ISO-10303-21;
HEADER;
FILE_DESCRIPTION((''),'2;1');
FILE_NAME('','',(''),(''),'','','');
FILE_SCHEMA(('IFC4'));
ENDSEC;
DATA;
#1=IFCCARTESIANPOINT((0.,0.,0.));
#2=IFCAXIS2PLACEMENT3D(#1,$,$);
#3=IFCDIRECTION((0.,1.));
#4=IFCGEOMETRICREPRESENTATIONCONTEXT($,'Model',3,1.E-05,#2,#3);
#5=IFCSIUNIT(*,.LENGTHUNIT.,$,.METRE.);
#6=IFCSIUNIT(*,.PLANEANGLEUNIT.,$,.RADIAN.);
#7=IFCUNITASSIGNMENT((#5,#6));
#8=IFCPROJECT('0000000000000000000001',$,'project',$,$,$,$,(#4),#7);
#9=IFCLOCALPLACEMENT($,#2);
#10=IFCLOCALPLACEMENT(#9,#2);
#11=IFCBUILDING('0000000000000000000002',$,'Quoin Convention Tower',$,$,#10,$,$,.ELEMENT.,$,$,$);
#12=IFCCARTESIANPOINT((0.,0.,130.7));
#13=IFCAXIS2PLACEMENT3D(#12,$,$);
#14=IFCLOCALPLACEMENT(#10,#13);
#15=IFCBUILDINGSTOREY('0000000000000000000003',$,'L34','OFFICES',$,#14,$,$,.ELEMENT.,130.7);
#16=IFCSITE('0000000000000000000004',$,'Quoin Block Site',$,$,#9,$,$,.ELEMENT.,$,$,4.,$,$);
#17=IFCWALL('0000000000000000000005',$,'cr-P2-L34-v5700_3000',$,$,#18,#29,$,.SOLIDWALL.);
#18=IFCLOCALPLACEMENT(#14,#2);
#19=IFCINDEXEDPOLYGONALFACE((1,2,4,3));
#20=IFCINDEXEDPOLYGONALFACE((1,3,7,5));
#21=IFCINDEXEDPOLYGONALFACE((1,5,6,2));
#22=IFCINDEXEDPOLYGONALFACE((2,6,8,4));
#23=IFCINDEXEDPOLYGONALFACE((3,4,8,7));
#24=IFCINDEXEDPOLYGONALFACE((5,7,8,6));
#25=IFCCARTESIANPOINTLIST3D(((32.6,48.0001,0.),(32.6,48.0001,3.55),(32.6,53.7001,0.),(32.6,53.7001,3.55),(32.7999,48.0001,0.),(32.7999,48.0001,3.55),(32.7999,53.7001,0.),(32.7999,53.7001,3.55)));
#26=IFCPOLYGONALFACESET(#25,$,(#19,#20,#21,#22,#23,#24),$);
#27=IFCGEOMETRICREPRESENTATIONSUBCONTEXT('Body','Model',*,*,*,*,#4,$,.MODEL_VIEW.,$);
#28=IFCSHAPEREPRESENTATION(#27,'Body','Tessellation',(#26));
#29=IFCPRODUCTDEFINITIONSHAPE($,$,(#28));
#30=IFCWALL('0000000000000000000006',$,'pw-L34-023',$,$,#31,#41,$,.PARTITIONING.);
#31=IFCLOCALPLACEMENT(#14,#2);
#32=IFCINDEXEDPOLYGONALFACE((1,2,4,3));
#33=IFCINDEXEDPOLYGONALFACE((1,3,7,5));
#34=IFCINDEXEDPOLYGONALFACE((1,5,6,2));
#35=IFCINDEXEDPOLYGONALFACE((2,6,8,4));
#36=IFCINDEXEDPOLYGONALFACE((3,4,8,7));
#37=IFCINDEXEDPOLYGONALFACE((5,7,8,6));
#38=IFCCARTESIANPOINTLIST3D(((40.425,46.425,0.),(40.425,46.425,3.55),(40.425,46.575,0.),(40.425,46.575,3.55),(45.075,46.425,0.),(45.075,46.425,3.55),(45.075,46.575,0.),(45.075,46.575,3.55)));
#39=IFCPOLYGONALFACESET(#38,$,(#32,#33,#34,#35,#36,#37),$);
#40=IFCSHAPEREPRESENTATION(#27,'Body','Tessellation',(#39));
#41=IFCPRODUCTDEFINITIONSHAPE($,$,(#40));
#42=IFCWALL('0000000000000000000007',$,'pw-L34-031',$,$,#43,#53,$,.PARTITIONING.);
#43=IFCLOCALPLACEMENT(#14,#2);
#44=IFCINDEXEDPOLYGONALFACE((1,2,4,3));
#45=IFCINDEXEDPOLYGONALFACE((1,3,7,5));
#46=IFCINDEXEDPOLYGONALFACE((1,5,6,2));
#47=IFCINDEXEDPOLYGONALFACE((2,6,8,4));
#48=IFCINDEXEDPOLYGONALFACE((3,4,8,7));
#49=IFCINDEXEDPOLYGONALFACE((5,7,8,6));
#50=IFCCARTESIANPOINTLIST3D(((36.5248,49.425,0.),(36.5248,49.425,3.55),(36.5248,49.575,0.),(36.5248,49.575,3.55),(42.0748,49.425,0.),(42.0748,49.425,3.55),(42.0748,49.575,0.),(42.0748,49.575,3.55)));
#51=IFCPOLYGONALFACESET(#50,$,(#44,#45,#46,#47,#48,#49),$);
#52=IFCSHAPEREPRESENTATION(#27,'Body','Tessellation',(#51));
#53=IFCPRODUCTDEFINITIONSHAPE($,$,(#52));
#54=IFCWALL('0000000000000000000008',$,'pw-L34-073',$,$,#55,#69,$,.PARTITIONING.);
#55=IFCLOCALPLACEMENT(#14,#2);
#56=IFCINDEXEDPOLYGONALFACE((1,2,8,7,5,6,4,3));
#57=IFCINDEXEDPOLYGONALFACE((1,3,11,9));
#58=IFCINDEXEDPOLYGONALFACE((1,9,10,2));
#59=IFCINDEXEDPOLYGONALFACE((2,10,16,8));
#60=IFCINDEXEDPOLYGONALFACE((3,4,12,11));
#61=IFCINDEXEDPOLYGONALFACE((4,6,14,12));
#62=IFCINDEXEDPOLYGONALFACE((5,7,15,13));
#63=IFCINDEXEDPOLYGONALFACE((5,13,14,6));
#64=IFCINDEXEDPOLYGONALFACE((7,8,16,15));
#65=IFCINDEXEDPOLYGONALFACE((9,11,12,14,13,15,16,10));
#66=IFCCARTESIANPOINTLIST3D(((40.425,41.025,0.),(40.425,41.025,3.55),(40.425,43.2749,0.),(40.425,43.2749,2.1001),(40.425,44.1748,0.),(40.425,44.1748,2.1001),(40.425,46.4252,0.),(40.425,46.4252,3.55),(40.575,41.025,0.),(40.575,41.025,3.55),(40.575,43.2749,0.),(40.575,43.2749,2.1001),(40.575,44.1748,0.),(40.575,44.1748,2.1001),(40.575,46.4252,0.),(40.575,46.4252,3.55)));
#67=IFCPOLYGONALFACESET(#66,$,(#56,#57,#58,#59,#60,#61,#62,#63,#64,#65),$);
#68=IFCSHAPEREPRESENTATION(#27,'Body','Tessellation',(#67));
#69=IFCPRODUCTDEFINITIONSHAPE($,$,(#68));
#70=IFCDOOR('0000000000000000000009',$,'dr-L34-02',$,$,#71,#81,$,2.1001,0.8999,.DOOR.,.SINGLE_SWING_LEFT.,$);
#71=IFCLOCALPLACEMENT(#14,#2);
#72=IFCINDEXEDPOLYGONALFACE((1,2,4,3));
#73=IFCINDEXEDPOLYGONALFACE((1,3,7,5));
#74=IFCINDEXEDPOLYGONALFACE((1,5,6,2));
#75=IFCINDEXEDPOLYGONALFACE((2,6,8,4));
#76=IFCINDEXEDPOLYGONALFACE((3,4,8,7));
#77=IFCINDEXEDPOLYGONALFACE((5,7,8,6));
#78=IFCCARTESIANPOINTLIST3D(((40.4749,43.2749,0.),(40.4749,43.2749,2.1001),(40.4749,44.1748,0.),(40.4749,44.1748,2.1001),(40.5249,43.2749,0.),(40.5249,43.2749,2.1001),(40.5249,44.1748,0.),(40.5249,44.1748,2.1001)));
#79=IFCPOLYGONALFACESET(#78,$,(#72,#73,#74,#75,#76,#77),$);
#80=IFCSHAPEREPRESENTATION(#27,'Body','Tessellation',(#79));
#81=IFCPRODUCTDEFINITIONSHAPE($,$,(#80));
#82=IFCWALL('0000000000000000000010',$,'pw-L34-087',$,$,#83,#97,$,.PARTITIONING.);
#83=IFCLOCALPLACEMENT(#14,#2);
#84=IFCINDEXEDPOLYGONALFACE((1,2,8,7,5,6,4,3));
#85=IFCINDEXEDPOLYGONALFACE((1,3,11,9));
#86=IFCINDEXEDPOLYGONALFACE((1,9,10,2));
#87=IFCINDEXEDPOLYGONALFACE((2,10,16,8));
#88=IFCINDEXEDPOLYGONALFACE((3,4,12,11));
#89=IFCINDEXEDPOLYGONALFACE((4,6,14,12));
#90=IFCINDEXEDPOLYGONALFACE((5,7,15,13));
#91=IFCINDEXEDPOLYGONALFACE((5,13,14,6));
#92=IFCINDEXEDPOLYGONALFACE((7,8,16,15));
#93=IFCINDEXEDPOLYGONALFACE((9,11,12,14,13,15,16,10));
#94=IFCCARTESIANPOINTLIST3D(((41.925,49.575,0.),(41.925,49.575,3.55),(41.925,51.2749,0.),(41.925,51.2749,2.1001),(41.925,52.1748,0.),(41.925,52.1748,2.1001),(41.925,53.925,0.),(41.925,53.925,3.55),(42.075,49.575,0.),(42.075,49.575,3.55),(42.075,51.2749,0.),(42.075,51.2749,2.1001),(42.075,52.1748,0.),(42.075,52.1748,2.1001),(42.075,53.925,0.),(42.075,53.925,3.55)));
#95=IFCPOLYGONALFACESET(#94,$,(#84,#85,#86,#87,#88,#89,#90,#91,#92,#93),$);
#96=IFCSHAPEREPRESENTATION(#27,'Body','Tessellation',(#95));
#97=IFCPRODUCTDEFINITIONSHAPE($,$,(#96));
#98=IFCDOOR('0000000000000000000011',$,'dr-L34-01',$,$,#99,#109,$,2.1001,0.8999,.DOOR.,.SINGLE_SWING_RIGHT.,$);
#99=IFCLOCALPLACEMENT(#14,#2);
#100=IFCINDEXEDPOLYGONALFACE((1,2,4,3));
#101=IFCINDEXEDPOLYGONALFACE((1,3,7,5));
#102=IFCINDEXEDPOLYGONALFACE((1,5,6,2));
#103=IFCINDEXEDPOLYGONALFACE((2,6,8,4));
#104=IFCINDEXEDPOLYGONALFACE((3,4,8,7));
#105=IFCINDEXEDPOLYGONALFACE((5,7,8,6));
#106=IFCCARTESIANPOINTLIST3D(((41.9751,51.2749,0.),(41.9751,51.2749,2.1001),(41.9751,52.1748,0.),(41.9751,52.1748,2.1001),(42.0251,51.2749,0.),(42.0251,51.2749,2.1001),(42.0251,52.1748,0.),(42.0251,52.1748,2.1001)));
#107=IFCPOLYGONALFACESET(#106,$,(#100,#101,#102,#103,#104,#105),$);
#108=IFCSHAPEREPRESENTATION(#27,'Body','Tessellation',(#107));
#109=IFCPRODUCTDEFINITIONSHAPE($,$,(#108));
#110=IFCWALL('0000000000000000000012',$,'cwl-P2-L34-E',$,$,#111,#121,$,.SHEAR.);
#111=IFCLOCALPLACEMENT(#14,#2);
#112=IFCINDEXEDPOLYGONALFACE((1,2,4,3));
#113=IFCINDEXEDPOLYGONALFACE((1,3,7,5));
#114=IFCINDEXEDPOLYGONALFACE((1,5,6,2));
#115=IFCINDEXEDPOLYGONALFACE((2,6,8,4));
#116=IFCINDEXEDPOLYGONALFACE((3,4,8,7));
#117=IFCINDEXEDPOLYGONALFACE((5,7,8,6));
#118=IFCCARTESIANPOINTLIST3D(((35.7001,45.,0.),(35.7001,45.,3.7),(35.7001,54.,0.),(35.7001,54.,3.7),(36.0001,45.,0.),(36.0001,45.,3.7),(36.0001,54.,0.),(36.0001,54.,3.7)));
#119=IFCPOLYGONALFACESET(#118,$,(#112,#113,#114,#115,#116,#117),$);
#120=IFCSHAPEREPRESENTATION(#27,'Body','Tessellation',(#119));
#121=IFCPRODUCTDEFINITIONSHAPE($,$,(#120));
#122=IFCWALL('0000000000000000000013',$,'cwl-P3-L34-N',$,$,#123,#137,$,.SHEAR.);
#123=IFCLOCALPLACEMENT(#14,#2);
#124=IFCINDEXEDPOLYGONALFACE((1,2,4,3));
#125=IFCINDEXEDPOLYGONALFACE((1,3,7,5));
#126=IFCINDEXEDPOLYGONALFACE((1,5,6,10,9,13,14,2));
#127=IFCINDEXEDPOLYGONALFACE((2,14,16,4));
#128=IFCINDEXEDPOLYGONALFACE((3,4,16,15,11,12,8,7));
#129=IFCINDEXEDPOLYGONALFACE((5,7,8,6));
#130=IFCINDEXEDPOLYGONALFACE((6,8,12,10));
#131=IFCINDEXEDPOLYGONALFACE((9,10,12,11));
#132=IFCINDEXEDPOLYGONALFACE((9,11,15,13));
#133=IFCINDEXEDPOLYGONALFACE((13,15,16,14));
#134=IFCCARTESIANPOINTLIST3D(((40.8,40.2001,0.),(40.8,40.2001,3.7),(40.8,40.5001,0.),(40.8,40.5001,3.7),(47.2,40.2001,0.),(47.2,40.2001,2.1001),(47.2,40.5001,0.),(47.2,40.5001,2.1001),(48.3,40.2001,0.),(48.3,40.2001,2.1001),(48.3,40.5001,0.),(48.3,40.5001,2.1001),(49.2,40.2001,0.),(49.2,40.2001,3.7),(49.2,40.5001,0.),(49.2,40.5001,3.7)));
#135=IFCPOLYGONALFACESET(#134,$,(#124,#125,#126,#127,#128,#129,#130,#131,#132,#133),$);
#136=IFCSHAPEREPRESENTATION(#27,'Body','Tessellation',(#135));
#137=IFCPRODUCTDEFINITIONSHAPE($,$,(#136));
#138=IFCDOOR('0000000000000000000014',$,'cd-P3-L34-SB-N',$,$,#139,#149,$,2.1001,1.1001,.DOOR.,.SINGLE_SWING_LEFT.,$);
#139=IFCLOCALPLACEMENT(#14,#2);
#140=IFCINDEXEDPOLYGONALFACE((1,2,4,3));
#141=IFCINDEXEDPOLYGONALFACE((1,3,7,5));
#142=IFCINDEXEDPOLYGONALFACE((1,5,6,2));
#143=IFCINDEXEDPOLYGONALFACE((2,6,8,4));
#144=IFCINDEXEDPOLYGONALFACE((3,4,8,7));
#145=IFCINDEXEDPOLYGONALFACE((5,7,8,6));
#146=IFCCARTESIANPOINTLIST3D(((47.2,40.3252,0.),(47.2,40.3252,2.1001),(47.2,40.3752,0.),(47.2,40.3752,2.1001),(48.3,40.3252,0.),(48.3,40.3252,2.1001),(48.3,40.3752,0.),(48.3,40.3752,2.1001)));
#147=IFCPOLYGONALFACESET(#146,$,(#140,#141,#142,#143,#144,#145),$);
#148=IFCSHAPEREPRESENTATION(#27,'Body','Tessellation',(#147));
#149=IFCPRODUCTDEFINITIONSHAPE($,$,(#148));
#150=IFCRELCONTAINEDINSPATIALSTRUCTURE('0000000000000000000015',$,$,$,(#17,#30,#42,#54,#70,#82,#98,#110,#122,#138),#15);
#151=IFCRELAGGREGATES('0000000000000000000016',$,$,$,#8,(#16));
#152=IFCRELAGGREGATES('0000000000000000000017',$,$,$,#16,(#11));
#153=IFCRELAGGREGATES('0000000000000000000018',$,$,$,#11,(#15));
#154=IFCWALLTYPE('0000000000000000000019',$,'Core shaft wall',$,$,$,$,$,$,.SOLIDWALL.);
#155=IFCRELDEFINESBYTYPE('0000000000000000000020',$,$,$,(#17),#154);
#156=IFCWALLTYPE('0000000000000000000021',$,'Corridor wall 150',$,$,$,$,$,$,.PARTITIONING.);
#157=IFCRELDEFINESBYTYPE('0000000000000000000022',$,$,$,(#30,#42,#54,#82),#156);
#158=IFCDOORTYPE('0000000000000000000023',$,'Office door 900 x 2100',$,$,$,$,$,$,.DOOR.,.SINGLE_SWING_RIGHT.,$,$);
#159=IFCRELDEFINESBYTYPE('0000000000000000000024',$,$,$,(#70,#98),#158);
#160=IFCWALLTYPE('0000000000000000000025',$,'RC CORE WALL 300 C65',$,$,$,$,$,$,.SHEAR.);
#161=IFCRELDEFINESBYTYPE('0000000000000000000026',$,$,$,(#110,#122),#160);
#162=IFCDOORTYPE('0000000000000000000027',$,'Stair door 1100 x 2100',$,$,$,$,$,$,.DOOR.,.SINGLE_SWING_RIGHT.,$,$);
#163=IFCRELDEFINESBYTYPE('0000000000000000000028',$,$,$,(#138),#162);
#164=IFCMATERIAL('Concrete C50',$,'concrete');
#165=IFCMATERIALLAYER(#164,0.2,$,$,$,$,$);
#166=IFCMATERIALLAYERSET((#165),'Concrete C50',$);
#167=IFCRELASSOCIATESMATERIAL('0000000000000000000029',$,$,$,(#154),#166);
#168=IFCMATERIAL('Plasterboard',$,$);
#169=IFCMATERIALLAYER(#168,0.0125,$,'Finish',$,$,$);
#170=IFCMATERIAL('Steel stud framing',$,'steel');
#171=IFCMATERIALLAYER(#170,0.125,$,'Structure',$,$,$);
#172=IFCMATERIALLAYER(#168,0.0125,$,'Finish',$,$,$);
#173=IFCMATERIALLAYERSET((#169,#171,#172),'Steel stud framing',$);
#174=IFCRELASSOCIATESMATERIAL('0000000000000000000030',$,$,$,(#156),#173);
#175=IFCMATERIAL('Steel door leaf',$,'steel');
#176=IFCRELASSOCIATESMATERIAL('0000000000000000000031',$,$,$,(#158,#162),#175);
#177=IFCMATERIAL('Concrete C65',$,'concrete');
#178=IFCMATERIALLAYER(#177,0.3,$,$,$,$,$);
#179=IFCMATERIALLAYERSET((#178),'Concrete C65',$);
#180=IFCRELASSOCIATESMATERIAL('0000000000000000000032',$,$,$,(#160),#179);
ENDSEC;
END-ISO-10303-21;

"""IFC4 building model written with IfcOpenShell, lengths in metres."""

from ifc_helpers import new_model, si_unit, direction, frame, frame_2d, origin, place, context, subcontext, project, spatial, rectangle, extrude, material, layer, layer_set, type_object, element, fill, save


model = new_model("IFC4")

# Units and contexts
model_context = context("Model", 3, precision=1e-05, world=origin(), true_north=direction((0.0, 1.0)))
body_context = subcontext(model_context, "Body", "Model", "MODEL_VIEW")
ifc_project = project(units=[si_unit("LENGTHUNIT", "METRE"), si_unit("PLANEANGLEUNIT", "RADIAN")], contexts=[model_context])

# Site, building, storey
site_placement = place(None, origin())
site = spatial("IfcSite", under=ifc_project, at=site_placement, Name="Quoin Block Site", CompositionType="ELEMENT", RefElevation=4.0)
building_placement = place(site_placement, origin())
building = spatial("IfcBuilding", under=site, at=building_placement, Name="Quoin Convention Tower", CompositionType="ELEMENT")
storey_placement = place(building_placement, frame((0.0, 0.0, 130.7)))
storey = spatial("IfcBuildingStorey", under=building, at=storey_placement, Name="L34", Description="OFFICES", CompositionType="ELEMENT", Elevation=130.7)

# Shared definitions
ifc_material_1 = material(Name="Concrete C65", Category="concrete")

# Walls
ifc_material_2 = material(Name="Concrete C50", Category="concrete")
ifc_layer_1 = layer(ifc_material_2, 0.2)
ifc_layer_set_1 = layer_set([ifc_layer_1], Name="Concrete C50")
wall_type_1 = type_object("IfcWallType", Name="Core shaft wall", PredefinedType="SOLIDWALL", material=ifc_layer_set_1)
for number, where, z_axis, x_axis, name in (
    (1, (32.7, 48.0, 0.0), (0.0, 0.0, 1.0), (0.0, 1.0, 0.0), "cr-P2-L34-v5700_3000"),
):
    element("IfcWall", number, at=place(storey_placement, frame(where, z_axis=z_axis, x_axis=x_axis)), inside=storey, type_object=wall_type_1, Name=name, PredefinedType="SOLIDWALL", context=body_context, shape_type="SweptSolid", body=[
        extrude(rectangle(XDim=5.7, YDim=0.2, at=frame_2d((2.8501, 0.0))), origin(), (0.0, 0.0, 1.0), 3.55),
    ])
ifc_material_3 = material(Name="Plasterboard")
ifc_layer_2 = layer(ifc_material_3, 0.0125, Name="Finish")
ifc_material_4 = material(Name="Steel stud framing", Category="steel")
ifc_layer_3 = layer(ifc_material_4, 0.125, Name="Structure")
ifc_layer_4 = layer(ifc_material_3, 0.0125, Name="Finish")
ifc_layer_set_2 = layer_set([ifc_layer_2, ifc_layer_3, ifc_layer_4], Name="Steel stud framing")
wall_type_2 = type_object("IfcWallType", Name="Corridor wall 150", PredefinedType="PARTITIONING", material=ifc_layer_set_2)
wall_1_placement = place(storey_placement, frame((40.425, 46.5, 0.0), z_axis=(0.0, 0.0, 1.0), x_axis=(1.0, 0.0, 0.0)))
element("IfcWall", 2, at=wall_1_placement, inside=storey, type_object=wall_type_2, Name="pw-L34-023", PredefinedType="PARTITIONING", context=body_context, shape_type="SweptSolid", body=[
    extrude(rectangle(XDim=4.6499, YDim=0.1499, at=frame_2d((2.325, 0.0))), origin(), (0.0, 0.0, 1.0), 3.55),
])
wall_2_placement = place(storey_placement, frame((36.5249, 49.5, 0.0), z_axis=(0.0, 0.0, 1.0), x_axis=(1.0, 0.0, 0.0)))
element("IfcWall", 3, at=wall_2_placement, inside=storey, type_object=wall_type_2, Name="pw-L34-031", PredefinedType="PARTITIONING", context=body_context, shape_type="SweptSolid", body=[
    extrude(rectangle(XDim=5.55, YDim=0.1499, at=frame_2d((2.7749, 0.0))), origin(), (0.0, 0.0, 1.0), 3.55),
])

# Walls, openings, doors
wall_3_placement = place(storey_placement, frame((40.5, 41.0249, 0.0), z_axis=(0.0, 0.0, 1.0), x_axis=(0.0, 1.0, 0.0)))
wall_3 = element("IfcWall", 4, at=wall_3_placement, inside=storey, type_object=wall_type_2, Name="pw-L34-073", PredefinedType="PARTITIONING", context=body_context, shape_type="SweptSolid", body=[
    extrude(rectangle(XDim=5.4001, YDim=0.1499, at=frame_2d((2.7002, 0.0))), origin(), (0.0, 0.0, 1.0), 3.55),
])
opening_1_placement = place(wall_3_placement, frame((2.25, 0.0, 0.0)))
opening_1 = element("IfcOpeningElement", 5, at=opening_1_placement, cuts=wall_3, PredefinedType="OPENING", context=body_context, shape_type="SweptSolid", body=[
    extrude(rectangle(XDim=0.8999, YDim=2.1001, at=frame_2d((0.45, 1.05))), frame((0.0, 0.085, 0.0), z_axis=(0.0, -1.0, 0.0), x_axis=(1.0, 0.0, 0.0)), (0.0, 0.0, 1.0), 0.1699),
])
ifc_material_5 = material(Name="Steel door leaf", Category="steel")
door_type_1 = type_object("IfcDoorType", Name="Office door 900 x 2100", OperationType="SINGLE_SWING_RIGHT", PredefinedType="DOOR", material=ifc_material_5)
door_1_placement = place(opening_1_placement, frame((0.8999, 0.0, 0.0), z_axis=(0.0, 0.0, 1.0), x_axis=(-1.0, 0.0, 0.0)))
door_1 = element("IfcDoor", 6, at=door_1_placement, inside=storey, type_object=door_type_1, Name="dr-L34-02", OperationType="SINGLE_SWING_LEFT", OverallHeight=2.1001, OverallWidth=0.8999, PredefinedType="DOOR", context=body_context, shape_type="SweptSolid", body=[
    extrude(rectangle(XDim=0.8999, YDim=2.1001, at=frame_2d((0.45, 1.05))), frame((0.0, 0.0249, 0.0), z_axis=(0.0, -1.0, 0.0), x_axis=(1.0, 0.0, 0.0)), (0.0, 0.0, 1.0), 0.05),
])
fill(opening_1, door_1)
wall_4_placement = place(storey_placement, frame((42.0, 49.575, 0.0), z_axis=(0.0, 0.0, 1.0), x_axis=(0.0, 1.0, 0.0)))
wall_4 = element("IfcWall", 7, at=wall_4_placement, inside=storey, type_object=wall_type_2, Name="pw-L34-087", PredefinedType="PARTITIONING", context=body_context, shape_type="SweptSolid", body=[
    extrude(rectangle(XDim=4.3501, YDim=0.1499, at=frame_2d((2.175, 0.0))), origin(), (0.0, 0.0, 1.0), 3.55),
])
opening_2_placement = place(wall_4_placement, frame((1.7, 0.0, 0.0)))
opening_2 = element("IfcOpeningElement", 8, at=opening_2_placement, cuts=wall_4, PredefinedType="OPENING", context=body_context, shape_type="SweptSolid", body=[
    extrude(rectangle(XDim=0.8999, YDim=2.1001, at=frame_2d((0.45, 1.05))), frame((0.0, 0.085, 0.0), z_axis=(0.0, -1.0, 0.0), x_axis=(1.0, 0.0, 0.0)), (0.0, 0.0, 1.0), 0.1699),
])
door_2_placement = place(opening_2_placement, origin())
door_2 = element("IfcDoor", 9, at=door_2_placement, inside=storey, type_object=door_type_1, Name="dr-L34-01", OperationType="SINGLE_SWING_RIGHT", OverallHeight=2.1001, OverallWidth=0.8999, PredefinedType="DOOR", context=body_context, shape_type="SweptSolid", body=[
    extrude(rectangle(XDim=0.8999, YDim=2.1001, at=frame_2d((0.45, 1.05))), frame((0.0, 0.0249, 0.0), z_axis=(0.0, -1.0, 0.0), x_axis=(1.0, 0.0, 0.0)), (0.0, 0.0, 1.0), 0.05),
])
fill(opening_2, door_2)

# Wall
ifc_layer_5 = layer(ifc_material_1, 0.3)
ifc_layer_set_3 = layer_set([ifc_layer_5], Name="Concrete C65")
wall_type_3 = type_object("IfcWallType", Name="RC CORE WALL 300 C65", PredefinedType="SHEAR", material=ifc_layer_set_3)
wall_5_placement = place(storey_placement, frame((35.8501, 45.0, 0.0), z_axis=(0.0, 0.0, 1.0), x_axis=(0.0, 1.0, 0.0)))
element("IfcWall", 10, at=wall_5_placement, inside=storey, type_object=wall_type_3, Name="cwl-P2-L34-E", PredefinedType="SHEAR", context=body_context, shape_type="SweptSolid", body=[
    extrude(rectangle(XDim=9.0, YDim=0.3, at=frame_2d((4.5, 0.0))), origin(), (0.0, 0.0, 1.0), 3.7),
])

# Wall, opening, door
wall_6_placement = place(storey_placement, frame((40.8, 40.3501, 0.0), z_axis=(0.0, 0.0, 1.0), x_axis=(1.0, 0.0, 0.0)))
wall_6 = element("IfcWall", 11, at=wall_6_placement, inside=storey, type_object=wall_type_3, Name="cwl-P3-L34-N", PredefinedType="SHEAR", context=body_context, shape_type="SweptSolid", body=[
    extrude(rectangle(XDim=8.3999, YDim=0.3, at=frame_2d((4.2, 0.0))), origin(), (0.0, 0.0, 1.0), 3.7),
])
opening_3_placement = place(wall_6_placement, frame((6.3999, 0.0, 0.0)))
opening_3 = element("IfcOpeningElement", 12, at=opening_3_placement, cuts=wall_6, PredefinedType="OPENING", context=body_context, shape_type="SweptSolid", body=[
    extrude(rectangle(XDim=1.1001, YDim=2.1001, at=frame_2d((0.55, 1.05))), frame((0.0, 0.1599, 0.0), z_axis=(0.0, -1.0, 0.0), x_axis=(1.0, 0.0, 0.0)), (0.0, 0.0, 1.0), 0.3201),
])
door_type_2 = type_object("IfcDoorType", Name="Stair door 1100 x 2100", OperationType="SINGLE_SWING_RIGHT", PredefinedType="DOOR", material=ifc_material_5)
door_3_placement = place(opening_3_placement, frame((1.1001, 0.0, 0.0), z_axis=(0.0, 0.0, 1.0), x_axis=(-1.0, 0.0, 0.0)))
door_3 = element("IfcDoor", 13, at=door_3_placement, inside=storey, type_object=door_type_2, Name="cd-P3-L34-SB-N", OperationType="SINGLE_SWING_LEFT", OverallHeight=2.1001, OverallWidth=1.1001, PredefinedType="DOOR", context=body_context, shape_type="SweptSolid", body=[
    extrude(rectangle(XDim=1.1001, YDim=2.1001, at=frame_2d((0.55, 1.05))), frame((0.0, 0.0249, 0.0), z_axis=(0.0, -1.0, 0.0), x_axis=(1.0, 0.0, 0.0)), (0.0, 0.0, 1.0), 0.05),
])
fill(opening_3, door_3)

save(model, "model.ifc")
